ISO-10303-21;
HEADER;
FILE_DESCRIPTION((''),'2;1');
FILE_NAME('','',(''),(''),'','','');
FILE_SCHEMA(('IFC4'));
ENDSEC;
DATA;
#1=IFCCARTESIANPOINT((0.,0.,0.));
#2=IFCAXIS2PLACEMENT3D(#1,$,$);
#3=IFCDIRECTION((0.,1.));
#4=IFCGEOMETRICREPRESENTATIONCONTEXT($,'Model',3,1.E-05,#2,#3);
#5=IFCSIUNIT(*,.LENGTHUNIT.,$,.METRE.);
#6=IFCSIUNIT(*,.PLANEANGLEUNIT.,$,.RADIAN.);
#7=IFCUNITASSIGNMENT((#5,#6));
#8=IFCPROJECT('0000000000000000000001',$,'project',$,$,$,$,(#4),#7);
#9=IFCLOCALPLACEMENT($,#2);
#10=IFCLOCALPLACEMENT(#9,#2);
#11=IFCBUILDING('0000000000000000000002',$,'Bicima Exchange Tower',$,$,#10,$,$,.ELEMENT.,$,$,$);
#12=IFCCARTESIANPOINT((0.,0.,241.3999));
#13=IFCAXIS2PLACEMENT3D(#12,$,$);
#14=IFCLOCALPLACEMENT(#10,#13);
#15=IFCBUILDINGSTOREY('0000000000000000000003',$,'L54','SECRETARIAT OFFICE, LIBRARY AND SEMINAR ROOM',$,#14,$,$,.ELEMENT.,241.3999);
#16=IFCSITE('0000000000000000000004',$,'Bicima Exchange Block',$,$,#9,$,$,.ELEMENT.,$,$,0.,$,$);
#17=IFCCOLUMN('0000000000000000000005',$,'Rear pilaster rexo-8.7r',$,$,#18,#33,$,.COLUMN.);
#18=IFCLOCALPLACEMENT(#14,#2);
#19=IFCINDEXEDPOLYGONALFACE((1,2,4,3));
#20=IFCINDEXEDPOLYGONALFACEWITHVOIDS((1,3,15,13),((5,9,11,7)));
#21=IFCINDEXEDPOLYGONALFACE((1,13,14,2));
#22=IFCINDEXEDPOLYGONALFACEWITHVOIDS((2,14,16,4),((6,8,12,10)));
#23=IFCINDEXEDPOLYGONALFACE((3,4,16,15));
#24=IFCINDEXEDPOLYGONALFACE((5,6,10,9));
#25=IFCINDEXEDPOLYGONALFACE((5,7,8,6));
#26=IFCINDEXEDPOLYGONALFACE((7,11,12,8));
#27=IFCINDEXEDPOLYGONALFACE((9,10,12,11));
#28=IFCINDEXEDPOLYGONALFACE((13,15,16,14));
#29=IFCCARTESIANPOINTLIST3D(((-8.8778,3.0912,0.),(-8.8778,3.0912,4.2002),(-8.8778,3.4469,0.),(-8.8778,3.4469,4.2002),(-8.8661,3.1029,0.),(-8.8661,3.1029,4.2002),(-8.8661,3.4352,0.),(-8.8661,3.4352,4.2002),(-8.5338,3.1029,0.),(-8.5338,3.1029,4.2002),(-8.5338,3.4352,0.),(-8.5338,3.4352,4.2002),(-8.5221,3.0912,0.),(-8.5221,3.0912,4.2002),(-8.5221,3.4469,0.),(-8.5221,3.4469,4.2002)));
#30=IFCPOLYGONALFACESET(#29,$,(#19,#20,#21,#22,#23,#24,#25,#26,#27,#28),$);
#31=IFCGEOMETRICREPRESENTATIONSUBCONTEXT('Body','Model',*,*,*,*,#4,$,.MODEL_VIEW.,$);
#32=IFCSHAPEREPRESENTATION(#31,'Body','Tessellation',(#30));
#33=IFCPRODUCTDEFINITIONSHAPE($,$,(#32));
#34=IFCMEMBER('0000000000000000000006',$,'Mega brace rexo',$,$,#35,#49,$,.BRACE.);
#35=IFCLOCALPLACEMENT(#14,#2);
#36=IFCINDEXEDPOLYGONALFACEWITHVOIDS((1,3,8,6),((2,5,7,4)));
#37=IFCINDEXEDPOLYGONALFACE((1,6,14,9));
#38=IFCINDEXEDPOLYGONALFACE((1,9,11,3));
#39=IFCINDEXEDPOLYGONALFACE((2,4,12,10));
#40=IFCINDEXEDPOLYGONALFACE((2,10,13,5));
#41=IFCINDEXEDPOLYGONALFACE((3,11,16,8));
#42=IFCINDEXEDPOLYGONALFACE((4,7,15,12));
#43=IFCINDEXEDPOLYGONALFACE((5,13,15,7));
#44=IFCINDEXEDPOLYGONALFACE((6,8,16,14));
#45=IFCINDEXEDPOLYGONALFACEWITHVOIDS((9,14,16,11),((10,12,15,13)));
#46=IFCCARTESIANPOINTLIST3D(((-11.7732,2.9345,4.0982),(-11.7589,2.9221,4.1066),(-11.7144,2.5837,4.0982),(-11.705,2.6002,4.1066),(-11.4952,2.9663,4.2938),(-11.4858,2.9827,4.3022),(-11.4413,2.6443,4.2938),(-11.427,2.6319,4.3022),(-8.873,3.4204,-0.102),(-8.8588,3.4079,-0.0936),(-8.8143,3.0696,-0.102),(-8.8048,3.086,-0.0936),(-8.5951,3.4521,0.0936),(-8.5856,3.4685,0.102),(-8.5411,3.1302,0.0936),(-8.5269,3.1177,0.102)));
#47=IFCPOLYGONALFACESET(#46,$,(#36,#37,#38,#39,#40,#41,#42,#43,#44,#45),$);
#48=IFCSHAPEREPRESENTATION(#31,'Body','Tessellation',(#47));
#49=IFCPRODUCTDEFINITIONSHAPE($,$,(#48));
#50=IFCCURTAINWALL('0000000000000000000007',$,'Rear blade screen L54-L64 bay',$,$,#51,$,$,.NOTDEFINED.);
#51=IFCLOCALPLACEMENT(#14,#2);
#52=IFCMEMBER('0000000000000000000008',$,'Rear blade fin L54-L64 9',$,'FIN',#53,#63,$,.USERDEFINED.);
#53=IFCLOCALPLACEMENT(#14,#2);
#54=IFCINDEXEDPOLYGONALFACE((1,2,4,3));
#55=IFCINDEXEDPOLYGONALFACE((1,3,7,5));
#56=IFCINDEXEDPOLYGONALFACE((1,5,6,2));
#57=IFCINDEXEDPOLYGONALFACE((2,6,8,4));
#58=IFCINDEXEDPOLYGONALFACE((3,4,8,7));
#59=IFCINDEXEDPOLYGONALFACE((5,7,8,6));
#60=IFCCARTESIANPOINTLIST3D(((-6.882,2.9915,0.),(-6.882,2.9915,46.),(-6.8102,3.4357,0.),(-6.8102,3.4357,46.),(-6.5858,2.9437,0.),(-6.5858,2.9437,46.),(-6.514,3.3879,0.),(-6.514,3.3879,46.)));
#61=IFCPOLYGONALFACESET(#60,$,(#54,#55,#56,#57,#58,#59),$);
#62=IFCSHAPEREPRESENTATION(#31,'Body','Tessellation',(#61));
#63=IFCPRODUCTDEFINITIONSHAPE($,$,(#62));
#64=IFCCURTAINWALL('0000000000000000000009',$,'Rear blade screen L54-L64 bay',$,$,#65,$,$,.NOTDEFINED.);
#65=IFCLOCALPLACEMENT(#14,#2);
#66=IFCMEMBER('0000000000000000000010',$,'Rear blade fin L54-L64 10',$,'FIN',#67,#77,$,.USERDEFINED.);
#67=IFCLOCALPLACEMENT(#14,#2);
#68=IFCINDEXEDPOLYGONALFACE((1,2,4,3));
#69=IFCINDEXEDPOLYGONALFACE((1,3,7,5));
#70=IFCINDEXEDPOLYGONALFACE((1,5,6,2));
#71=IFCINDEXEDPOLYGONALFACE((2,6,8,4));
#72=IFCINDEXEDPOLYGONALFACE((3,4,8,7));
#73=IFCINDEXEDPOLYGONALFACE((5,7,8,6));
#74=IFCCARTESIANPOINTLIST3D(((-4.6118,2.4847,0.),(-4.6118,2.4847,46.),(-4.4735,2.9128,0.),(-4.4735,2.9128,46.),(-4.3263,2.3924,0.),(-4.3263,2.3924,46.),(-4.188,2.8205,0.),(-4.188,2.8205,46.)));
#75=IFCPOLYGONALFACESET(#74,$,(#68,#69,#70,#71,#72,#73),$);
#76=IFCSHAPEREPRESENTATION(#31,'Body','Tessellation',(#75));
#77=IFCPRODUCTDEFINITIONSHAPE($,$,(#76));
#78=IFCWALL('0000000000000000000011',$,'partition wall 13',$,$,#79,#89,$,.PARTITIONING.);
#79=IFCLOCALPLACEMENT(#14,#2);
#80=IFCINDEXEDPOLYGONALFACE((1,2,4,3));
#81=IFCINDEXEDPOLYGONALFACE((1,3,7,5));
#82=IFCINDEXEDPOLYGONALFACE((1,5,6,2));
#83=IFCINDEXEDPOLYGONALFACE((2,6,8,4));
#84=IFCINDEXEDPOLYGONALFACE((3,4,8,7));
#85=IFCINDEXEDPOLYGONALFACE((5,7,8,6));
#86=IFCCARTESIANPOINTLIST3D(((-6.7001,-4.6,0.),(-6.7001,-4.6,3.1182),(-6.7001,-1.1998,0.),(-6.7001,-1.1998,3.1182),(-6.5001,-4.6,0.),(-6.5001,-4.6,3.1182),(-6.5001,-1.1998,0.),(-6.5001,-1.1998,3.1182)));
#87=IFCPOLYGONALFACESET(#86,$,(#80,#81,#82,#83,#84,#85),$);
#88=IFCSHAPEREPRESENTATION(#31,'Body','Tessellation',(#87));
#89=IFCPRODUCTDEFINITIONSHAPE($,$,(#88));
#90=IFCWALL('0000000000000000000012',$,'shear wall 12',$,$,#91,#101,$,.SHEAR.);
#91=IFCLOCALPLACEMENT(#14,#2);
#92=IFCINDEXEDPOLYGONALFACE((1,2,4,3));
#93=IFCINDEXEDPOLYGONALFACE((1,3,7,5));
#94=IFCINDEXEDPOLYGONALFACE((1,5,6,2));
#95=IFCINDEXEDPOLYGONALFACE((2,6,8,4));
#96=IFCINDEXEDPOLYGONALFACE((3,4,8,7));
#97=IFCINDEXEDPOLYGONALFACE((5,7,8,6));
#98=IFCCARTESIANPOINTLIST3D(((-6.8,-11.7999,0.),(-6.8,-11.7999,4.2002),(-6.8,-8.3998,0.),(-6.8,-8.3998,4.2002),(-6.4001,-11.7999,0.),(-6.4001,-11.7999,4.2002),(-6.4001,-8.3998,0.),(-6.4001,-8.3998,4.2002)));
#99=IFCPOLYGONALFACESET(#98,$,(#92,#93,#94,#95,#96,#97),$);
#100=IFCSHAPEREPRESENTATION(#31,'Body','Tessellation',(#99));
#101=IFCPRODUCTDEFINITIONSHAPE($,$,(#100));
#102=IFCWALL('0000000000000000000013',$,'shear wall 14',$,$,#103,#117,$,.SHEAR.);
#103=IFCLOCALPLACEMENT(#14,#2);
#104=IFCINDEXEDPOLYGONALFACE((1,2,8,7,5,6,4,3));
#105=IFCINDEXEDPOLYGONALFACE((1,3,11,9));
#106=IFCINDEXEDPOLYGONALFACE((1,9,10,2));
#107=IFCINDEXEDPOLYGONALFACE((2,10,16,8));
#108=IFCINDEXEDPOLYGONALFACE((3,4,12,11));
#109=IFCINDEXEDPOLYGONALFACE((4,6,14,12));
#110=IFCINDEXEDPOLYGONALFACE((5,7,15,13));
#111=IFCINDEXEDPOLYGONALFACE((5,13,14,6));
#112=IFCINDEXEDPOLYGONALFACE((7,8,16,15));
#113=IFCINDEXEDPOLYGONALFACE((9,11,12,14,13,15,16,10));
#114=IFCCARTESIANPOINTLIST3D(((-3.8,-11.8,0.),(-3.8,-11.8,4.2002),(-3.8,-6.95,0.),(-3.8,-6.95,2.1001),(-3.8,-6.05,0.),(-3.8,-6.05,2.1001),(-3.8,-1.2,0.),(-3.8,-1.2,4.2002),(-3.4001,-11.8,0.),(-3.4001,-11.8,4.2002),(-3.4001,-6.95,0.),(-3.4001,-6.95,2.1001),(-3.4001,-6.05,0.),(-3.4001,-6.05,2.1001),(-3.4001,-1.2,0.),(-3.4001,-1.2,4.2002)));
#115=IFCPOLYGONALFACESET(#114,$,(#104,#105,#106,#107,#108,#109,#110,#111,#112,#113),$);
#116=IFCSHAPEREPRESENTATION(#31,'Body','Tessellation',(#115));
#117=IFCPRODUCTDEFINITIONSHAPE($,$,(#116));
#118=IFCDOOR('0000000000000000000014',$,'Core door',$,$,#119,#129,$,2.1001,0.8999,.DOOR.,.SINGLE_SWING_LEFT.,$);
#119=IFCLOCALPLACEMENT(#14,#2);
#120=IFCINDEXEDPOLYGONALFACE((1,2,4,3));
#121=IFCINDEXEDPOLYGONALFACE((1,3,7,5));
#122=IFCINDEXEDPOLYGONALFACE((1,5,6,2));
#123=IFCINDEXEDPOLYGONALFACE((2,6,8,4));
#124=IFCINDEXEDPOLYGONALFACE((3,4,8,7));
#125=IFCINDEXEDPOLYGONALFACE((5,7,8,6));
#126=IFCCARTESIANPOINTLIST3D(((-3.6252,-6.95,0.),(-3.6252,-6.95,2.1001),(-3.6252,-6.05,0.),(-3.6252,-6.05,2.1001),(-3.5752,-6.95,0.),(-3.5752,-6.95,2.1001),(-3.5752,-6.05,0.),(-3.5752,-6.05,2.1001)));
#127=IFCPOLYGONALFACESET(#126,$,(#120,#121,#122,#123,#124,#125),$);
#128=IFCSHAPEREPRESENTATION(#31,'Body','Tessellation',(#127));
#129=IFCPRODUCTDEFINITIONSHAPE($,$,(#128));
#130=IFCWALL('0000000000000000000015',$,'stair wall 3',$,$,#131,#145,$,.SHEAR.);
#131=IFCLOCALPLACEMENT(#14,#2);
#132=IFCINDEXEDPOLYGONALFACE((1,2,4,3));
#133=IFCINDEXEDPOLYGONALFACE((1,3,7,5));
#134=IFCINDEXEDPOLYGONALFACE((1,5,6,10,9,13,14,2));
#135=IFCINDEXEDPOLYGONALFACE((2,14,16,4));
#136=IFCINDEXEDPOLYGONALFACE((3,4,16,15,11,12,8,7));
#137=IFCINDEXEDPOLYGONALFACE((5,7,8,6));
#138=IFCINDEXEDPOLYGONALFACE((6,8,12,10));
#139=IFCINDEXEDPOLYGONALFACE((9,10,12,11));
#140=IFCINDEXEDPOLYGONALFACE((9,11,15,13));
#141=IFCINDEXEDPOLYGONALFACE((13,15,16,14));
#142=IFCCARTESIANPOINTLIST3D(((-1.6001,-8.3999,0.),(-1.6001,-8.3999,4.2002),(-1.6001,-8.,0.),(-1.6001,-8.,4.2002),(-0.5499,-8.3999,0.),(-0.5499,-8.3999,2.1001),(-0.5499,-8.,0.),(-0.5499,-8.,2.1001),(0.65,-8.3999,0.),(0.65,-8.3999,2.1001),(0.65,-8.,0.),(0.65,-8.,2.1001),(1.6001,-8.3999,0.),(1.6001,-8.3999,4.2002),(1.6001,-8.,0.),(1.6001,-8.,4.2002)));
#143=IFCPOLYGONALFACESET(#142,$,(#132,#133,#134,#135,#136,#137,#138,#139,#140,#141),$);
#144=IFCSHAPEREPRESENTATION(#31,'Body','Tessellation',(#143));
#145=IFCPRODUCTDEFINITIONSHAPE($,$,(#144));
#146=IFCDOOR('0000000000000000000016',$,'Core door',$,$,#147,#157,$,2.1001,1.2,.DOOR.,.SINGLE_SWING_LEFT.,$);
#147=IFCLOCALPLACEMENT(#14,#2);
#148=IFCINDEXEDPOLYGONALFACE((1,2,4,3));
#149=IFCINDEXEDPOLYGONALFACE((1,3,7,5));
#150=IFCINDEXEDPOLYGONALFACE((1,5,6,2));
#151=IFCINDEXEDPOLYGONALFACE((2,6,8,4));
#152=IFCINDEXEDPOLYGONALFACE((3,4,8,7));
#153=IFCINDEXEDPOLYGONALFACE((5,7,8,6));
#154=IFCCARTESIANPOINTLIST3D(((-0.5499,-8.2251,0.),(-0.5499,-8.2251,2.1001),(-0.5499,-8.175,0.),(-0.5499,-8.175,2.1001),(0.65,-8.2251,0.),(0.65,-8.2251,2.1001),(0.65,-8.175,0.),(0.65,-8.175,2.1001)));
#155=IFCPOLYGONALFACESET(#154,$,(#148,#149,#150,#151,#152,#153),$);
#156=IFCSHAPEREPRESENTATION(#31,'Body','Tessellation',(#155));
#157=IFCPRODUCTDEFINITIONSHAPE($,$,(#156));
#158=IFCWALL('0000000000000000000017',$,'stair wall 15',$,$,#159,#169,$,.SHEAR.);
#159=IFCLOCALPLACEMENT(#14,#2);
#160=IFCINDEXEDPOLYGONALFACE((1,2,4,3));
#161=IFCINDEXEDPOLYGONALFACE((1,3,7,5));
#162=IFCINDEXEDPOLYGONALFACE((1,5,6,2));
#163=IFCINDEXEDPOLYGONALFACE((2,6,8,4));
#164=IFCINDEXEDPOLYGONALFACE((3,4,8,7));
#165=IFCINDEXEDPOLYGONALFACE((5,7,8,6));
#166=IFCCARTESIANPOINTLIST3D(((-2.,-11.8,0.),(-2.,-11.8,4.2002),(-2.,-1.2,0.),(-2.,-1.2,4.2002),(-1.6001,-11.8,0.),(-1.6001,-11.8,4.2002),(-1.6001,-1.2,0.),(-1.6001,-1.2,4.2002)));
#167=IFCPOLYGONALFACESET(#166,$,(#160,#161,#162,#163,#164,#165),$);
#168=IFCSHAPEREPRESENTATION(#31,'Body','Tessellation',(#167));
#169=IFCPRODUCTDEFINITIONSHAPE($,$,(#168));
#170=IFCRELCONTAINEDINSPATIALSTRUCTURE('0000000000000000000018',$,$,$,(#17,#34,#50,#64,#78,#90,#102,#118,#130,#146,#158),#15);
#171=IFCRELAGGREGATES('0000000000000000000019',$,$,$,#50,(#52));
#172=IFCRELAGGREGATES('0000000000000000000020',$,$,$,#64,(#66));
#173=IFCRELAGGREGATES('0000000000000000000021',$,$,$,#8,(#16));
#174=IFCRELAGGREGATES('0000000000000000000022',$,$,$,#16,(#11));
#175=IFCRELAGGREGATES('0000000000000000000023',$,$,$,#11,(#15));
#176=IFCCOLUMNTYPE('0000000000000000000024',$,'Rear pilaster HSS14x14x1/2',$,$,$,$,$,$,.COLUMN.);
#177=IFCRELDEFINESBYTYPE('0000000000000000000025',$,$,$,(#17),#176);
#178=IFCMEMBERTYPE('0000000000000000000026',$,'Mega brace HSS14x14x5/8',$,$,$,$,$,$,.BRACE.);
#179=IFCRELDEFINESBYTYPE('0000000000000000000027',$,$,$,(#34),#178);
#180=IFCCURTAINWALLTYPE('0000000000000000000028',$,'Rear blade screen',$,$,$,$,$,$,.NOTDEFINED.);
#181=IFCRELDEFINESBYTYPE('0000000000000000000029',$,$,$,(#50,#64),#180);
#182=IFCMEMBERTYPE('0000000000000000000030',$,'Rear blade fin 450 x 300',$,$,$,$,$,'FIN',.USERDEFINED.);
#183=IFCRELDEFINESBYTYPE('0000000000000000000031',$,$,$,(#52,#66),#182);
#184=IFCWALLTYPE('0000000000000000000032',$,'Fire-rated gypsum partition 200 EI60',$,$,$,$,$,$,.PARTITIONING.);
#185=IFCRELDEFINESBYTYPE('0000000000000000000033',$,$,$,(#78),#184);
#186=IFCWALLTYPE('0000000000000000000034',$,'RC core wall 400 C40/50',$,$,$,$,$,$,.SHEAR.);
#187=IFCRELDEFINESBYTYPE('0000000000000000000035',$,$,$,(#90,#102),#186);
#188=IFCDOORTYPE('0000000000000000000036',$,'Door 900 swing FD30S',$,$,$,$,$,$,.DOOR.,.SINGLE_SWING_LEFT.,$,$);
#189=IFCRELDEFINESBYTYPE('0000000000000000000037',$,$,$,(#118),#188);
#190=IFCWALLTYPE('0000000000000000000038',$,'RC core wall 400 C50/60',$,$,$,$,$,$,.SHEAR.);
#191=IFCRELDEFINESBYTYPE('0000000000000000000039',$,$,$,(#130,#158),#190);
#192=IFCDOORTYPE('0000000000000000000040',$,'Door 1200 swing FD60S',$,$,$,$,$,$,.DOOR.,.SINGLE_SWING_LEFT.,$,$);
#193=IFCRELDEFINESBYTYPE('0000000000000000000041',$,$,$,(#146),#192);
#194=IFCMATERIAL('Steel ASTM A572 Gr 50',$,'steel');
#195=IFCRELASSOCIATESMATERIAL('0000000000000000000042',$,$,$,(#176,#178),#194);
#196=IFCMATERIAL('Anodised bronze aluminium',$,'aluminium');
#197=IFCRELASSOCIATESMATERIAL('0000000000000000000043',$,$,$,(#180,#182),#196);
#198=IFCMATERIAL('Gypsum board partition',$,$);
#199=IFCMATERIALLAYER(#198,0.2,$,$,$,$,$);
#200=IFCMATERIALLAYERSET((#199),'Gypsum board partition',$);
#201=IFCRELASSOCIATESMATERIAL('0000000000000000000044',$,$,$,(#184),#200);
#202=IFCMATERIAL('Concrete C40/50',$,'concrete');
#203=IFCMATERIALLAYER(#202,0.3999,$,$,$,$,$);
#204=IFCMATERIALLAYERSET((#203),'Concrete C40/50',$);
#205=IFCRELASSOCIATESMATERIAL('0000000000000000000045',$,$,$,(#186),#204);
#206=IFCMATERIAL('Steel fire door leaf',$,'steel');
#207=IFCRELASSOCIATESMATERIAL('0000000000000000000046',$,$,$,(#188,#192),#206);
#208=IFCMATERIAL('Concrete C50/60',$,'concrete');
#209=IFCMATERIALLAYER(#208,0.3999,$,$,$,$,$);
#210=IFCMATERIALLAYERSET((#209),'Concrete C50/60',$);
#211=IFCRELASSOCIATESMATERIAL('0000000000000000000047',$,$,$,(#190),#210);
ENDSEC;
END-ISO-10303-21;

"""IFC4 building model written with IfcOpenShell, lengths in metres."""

from ifc_helpers import new_model, si_unit, direction, frame, frame_2d, origin, origin_2d, place, context, subcontext, project, spatial, rectangle, hollow_rectangle, extrude, material, layer, layer_set, material_profile, profile_set, type_object, element, fill, aggregate, save


model = new_model("IFC4")

# Units and contexts
model_context = context("Model", 3, precision=1e-05, world=origin(), true_north=direction((0.0, 1.0)))
body_context = subcontext(model_context, "Body", "Model", "MODEL_VIEW")
ifc_project = project(units=[si_unit("LENGTHUNIT", "METRE"), si_unit("PLANEANGLEUNIT", "RADIAN")], contexts=[model_context])

# Site, building, storey
site_placement = place(None, origin())
site = spatial("IfcSite", under=ifc_project, at=site_placement, Name="Bicima Exchange Block", CompositionType="ELEMENT", RefElevation=0.0)
building_placement = place(site_placement, origin())
building = spatial("IfcBuilding", under=site, at=building_placement, Name="Bicima Exchange Tower", CompositionType="ELEMENT")
storey_placement = place(building_placement, frame((0.0, 0.0, 241.3999)))
storey = spatial("IfcBuildingStorey", under=building, at=storey_placement, Name="L54", Description="SECRETARIAT OFFICE, LIBRARY AND SEMINAR ROOM", CompositionType="ELEMENT", Elevation=241.3999)

# Column
ifc_material_1 = material(Name="Steel ASTM A572 Gr 50", Category="steel")
ifc_material_profile_1 = material_profile(ifc_material_1, hollow_rectangle(XDim=0.3557, YDim=0.3557, WallThickness=0.0117, at=origin_2d()))
ifc_profile_set_1 = profile_set([ifc_material_profile_1], Name="Steel ASTM A572 Gr 50")
column_type = type_object("IfcColumnType", Name="Rear pilaster HSS14x14x1/2", PredefinedType="COLUMN", material=ifc_profile_set_1)
column_placement = place(storey_placement, frame((-8.7, 3.269, 0.0), z_axis=(0.0, 0.0, 1.0), x_axis=(1.0, 0.0, 0.0)))
element("IfcColumn", 1, at=column_placement, inside=storey, type_object=column_type, Name="Rear pilaster rexo-8.7r", PredefinedType="COLUMN", context=body_context, shape_type="SweptSolid", body=[
    extrude(hollow_rectangle(XDim=0.3557, YDim=0.3557, WallThickness=0.0117, at=origin_2d()), origin(), (0.0, 0.0, 1.0), 4.2002),
])

# Member
ifc_material_profile_2 = material_profile(ifc_material_1, hollow_rectangle(XDim=0.3557, YDim=0.3557, WallThickness=0.0146, at=origin_2d()))
ifc_profile_set_2 = profile_set([ifc_material_profile_2], Name="Steel ASTM A572 Gr 50")
member_type_1 = type_object("IfcMemberType", Name="Mega brace HSS14x14x5/8", PredefinedType="BRACE", material=ifc_profile_set_2)
member_1_placement = place(storey_placement, frame((-8.7, 3.269, 0.0), z_axis=(-0.565636, -0.094757, 0.819193), x_axis=(0.16522, -0.986257, 0.0)))
element("IfcMember", 2, at=member_1_placement, inside=storey, type_object=member_type_1, Name="Mega brace rexo", PredefinedType="BRACE", context=body_context, shape_type="SweptSolid", body=[
    extrude(hollow_rectangle(XDim=0.3557, YDim=0.3557, WallThickness=0.0146, at=origin_2d()), origin(), (0.0, 0.0, 1.0), 5.1272),
])

# Curtain walls, members
ifc_material_2 = material(Name="Anodised bronze aluminium", Category="aluminium")
curtain_wall_type = type_object("IfcCurtainWallType", Name="Rear blade screen", PredefinedType="NOTDEFINED", material=ifc_material_2)
curtain_wall_1_placement = place(storey_placement, origin())
curtain_wall_1 = element("IfcCurtainWall", 3, at=curtain_wall_1_placement, inside=storey, type_object=curtain_wall_type, Name="Rear blade screen L54-L64 bay", PredefinedType="NOTDEFINED")
ifc_material_profile_3 = material_profile(ifc_material_2, rectangle(XDim=0.45, YDim=0.3, at=origin_2d()))
ifc_profile_set_3 = profile_set([ifc_material_profile_3], Name="Anodised bronze aluminium")
member_type_2 = type_object("IfcMemberType", Name="Rear blade fin 450 x 300", ElementType="FIN", PredefinedType="USERDEFINED", material=ifc_profile_set_3)
member_2_placement = place(storey_placement, frame((-6.698, 3.1897, 0.0), z_axis=(0.0, 0.0, 1.0), x_axis=(0.159549, 0.98719, 0.0)))
member_2 = element("IfcMember", 4, at=member_2_placement, type_object=member_type_2, Name="Rear blade fin L54-L64 9", ObjectType="FIN", PredefinedType="USERDEFINED", context=body_context, shape_type="SweptSolid", body=[
    extrude(rectangle(XDim=0.45, YDim=0.3, at=origin_2d()), origin(), (0.0, 0.0, 1.0), 46.0),
])
aggregate(curtain_wall_1, [member_2])
curtain_wall_2_placement = place(storey_placement, origin())
curtain_wall_2 = element("IfcCurtainWall", 5, at=curtain_wall_2_placement, inside=storey, type_object=curtain_wall_type, Name="Rear blade screen L54-L64 bay", PredefinedType="NOTDEFINED")
member_3_placement = place(storey_placement, frame((-4.3999, 2.6526, 0.0), z_axis=(0.0, 0.0, 1.0), x_axis=(0.307568, 0.951526, 0.0)))
member_3 = element("IfcMember", 6, at=member_3_placement, type_object=member_type_2, Name="Rear blade fin L54-L64 10", ObjectType="FIN", PredefinedType="USERDEFINED", context=body_context, shape_type="SweptSolid", body=[
    extrude(rectangle(XDim=0.45, YDim=0.3, at=origin_2d()), origin(), (0.0, 0.0, 1.0), 46.0),
])
aggregate(curtain_wall_2, [member_3])

# Walls
ifc_material_3 = material(Name="Gypsum board partition")
ifc_layer_1 = layer(ifc_material_3, 0.2)
ifc_layer_set_1 = layer_set([ifc_layer_1], Name="Gypsum board partition")
wall_type_1 = type_object("IfcWallType", Name="Fire-rated gypsum partition 200 EI60", PredefinedType="PARTITIONING", material=ifc_layer_set_1)
wall_1_placement = place(storey_placement, frame((-6.6001, -4.6001, 0.0), z_axis=(0.0, 0.0, 1.0), x_axis=(0.0, 1.0, 0.0)))
element("IfcWall", 7, at=wall_1_placement, inside=storey, type_object=wall_type_1, Name="partition wall 13", PredefinedType="PARTITIONING", context=body_context, shape_type="SweptSolid", body=[
    extrude(rectangle(XDim=3.4001, YDim=0.2, at=frame_2d((1.7002, 0.0))), origin(), (0.0, 0.0, 1.0), 3.1182),
])
ifc_material_4 = material(Name="Concrete C40/50", Category="concrete")
ifc_layer_2 = layer(ifc_material_4, 0.3999)
ifc_layer_set_2 = layer_set([ifc_layer_2], Name="Concrete C40/50")
wall_type_2 = type_object("IfcWallType", Name="RC core wall 400 C40/50", PredefinedType="SHEAR", material=ifc_layer_set_2)
wall_2_placement = place(storey_placement, frame((-6.6001, -11.8, 0.0), z_axis=(0.0, 0.0, 1.0), x_axis=(0.0, 1.0, 0.0)))
element("IfcWall", 8, at=wall_2_placement, inside=storey, type_object=wall_type_2, Name="shear wall 12", PredefinedType="SHEAR", context=body_context, shape_type="SweptSolid", body=[
    extrude(rectangle(XDim=3.4001, YDim=0.3999, at=frame_2d((1.7002, 0.0))), origin(), (0.0, 0.0, 1.0), 4.2002),
])

# Walls, openings, doors
wall_3_placement = place(storey_placement, frame((-3.6001, -11.8, 0.0), z_axis=(0.0, 0.0, 1.0), x_axis=(0.0, 1.0, 0.0)))
wall_3 = element("IfcWall", 9, at=wall_3_placement, inside=storey, type_object=wall_type_2, Name="shear wall 14", PredefinedType="SHEAR", context=body_context, shape_type="SweptSolid", body=[
    extrude(rectangle(XDim=10.6001, YDim=0.3999, at=frame_2d((5.3, 0.0))), origin(), (0.0, 0.0, 1.0), 4.2002),
])
opening_1_placement = place(wall_3_placement, frame((4.8501, 0.0, 0.0)))
opening_1 = element("IfcOpeningElement", 10, at=opening_1_placement, cuts=wall_3, PredefinedType="OPENING", context=body_context, shape_type="SweptSolid", body=[
    extrude(rectangle(XDim=0.8999, YDim=2.1001, at=frame_2d((0.45, 1.05))), frame((0.0, 0.2119, 0.0), z_axis=(0.0, -1.0, 0.0), x_axis=(1.0, 0.0, 0.0)), (0.0, 0.0, 1.0), 0.4238),
])
ifc_material_5 = material(Name="Steel fire door leaf", Category="steel")
door_type_1 = type_object("IfcDoorType", Name="Door 900 swing FD30S", OperationType="SINGLE_SWING_LEFT", PredefinedType="DOOR", material=ifc_material_5)
door_1_placement = place(opening_1_placement, frame((0.8999, 0.0, 0.0), z_axis=(0.0, 0.0, 1.0), x_axis=(-1.0, 0.0, 0.0)))
door_1 = element("IfcDoor", 11, at=door_1_placement, inside=storey, type_object=door_type_1, Name="Core door", OperationType="SINGLE_SWING_LEFT", OverallHeight=2.1001, OverallWidth=0.8999, PredefinedType="DOOR", context=body_context, shape_type="SweptSolid", body=[
    extrude(rectangle(XDim=0.8999, YDim=2.1001, at=frame_2d((0.45, 1.05))), frame((0.0, 0.0249, 0.0), z_axis=(0.0, -1.0, 0.0), x_axis=(1.0, 0.0, 0.0)), (0.0, 0.0, 1.0), 0.05),
])
fill(opening_1, door_1)
ifc_material_6 = material(Name="Concrete C50/60", Category="concrete")
ifc_layer_3 = layer(ifc_material_6, 0.3999)
ifc_layer_set_3 = layer_set([ifc_layer_3], Name="Concrete C50/60")
wall_type_3 = type_object("IfcWallType", Name="RC core wall 400 C50/60", PredefinedType="SHEAR", material=ifc_layer_set_3)
wall_4_placement = place(storey_placement, frame((-1.6001, -8.2, 0.0), z_axis=(0.0, 0.0, 1.0), x_axis=(1.0, 0.0, 0.0)))
wall_4 = element("IfcWall", 12, at=wall_4_placement, inside=storey, type_object=wall_type_3, Name="stair wall 3", PredefinedType="SHEAR", context=body_context, shape_type="SweptSolid", body=[
    extrude(rectangle(XDim=3.2002, YDim=0.3999, at=frame_2d((1.6001, 0.0))), origin(), (0.0, 0.0, 1.0), 4.2002),
])
opening_2_placement = place(wall_4_placement, frame((1.05, 0.0, 0.0)))
opening_2 = element("IfcOpeningElement", 13, at=opening_2_placement, cuts=wall_4, PredefinedType="OPENING", context=body_context, shape_type="SweptSolid", body=[
    extrude(rectangle(XDim=1.2, YDim=2.1001, at=frame_2d((0.6001, 1.05))), frame((0.0, 0.2119, 0.0), z_axis=(0.0, -1.0, 0.0), x_axis=(1.0, 0.0, 0.0)), (0.0, 0.0, 1.0), 0.4238),
])
door_type_2 = type_object("IfcDoorType", Name="Door 1200 swing FD60S", OperationType="SINGLE_SWING_LEFT", PredefinedType="DOOR", material=ifc_material_5)
door_2_placement = place(opening_2_placement, origin())
door_2 = element("IfcDoor", 14, at=door_2_placement, inside=storey, type_object=door_type_2, Name="Core door", OperationType="SINGLE_SWING_LEFT", OverallHeight=2.1001, OverallWidth=1.2, PredefinedType="DOOR", context=body_context, shape_type="SweptSolid", body=[
    extrude(rectangle(XDim=1.2, YDim=2.1001, at=frame_2d((0.6001, 1.05))), frame((0.0, 0.0249, 0.0), z_axis=(0.0, -1.0, 0.0), x_axis=(1.0, 0.0, 0.0)), (0.0, 0.0, 1.0), 0.05),
])
fill(opening_2, door_2)

# Wall
wall_5_placement = place(storey_placement, frame((-1.8, -11.8, 0.0), z_axis=(0.0, 0.0, 1.0), x_axis=(0.0, 1.0, 0.0)))
element("IfcWall", 15, at=wall_5_placement, inside=storey, type_object=wall_type_3, Name="stair wall 15", PredefinedType="SHEAR", context=body_context, shape_type="SweptSolid", body=[
    extrude(rectangle(XDim=10.6001, YDim=0.3999, at=frame_2d((5.3, 0.0))), origin(), (0.0, 0.0, 1.0), 4.2002),
])

save(model, "model.ifc")
